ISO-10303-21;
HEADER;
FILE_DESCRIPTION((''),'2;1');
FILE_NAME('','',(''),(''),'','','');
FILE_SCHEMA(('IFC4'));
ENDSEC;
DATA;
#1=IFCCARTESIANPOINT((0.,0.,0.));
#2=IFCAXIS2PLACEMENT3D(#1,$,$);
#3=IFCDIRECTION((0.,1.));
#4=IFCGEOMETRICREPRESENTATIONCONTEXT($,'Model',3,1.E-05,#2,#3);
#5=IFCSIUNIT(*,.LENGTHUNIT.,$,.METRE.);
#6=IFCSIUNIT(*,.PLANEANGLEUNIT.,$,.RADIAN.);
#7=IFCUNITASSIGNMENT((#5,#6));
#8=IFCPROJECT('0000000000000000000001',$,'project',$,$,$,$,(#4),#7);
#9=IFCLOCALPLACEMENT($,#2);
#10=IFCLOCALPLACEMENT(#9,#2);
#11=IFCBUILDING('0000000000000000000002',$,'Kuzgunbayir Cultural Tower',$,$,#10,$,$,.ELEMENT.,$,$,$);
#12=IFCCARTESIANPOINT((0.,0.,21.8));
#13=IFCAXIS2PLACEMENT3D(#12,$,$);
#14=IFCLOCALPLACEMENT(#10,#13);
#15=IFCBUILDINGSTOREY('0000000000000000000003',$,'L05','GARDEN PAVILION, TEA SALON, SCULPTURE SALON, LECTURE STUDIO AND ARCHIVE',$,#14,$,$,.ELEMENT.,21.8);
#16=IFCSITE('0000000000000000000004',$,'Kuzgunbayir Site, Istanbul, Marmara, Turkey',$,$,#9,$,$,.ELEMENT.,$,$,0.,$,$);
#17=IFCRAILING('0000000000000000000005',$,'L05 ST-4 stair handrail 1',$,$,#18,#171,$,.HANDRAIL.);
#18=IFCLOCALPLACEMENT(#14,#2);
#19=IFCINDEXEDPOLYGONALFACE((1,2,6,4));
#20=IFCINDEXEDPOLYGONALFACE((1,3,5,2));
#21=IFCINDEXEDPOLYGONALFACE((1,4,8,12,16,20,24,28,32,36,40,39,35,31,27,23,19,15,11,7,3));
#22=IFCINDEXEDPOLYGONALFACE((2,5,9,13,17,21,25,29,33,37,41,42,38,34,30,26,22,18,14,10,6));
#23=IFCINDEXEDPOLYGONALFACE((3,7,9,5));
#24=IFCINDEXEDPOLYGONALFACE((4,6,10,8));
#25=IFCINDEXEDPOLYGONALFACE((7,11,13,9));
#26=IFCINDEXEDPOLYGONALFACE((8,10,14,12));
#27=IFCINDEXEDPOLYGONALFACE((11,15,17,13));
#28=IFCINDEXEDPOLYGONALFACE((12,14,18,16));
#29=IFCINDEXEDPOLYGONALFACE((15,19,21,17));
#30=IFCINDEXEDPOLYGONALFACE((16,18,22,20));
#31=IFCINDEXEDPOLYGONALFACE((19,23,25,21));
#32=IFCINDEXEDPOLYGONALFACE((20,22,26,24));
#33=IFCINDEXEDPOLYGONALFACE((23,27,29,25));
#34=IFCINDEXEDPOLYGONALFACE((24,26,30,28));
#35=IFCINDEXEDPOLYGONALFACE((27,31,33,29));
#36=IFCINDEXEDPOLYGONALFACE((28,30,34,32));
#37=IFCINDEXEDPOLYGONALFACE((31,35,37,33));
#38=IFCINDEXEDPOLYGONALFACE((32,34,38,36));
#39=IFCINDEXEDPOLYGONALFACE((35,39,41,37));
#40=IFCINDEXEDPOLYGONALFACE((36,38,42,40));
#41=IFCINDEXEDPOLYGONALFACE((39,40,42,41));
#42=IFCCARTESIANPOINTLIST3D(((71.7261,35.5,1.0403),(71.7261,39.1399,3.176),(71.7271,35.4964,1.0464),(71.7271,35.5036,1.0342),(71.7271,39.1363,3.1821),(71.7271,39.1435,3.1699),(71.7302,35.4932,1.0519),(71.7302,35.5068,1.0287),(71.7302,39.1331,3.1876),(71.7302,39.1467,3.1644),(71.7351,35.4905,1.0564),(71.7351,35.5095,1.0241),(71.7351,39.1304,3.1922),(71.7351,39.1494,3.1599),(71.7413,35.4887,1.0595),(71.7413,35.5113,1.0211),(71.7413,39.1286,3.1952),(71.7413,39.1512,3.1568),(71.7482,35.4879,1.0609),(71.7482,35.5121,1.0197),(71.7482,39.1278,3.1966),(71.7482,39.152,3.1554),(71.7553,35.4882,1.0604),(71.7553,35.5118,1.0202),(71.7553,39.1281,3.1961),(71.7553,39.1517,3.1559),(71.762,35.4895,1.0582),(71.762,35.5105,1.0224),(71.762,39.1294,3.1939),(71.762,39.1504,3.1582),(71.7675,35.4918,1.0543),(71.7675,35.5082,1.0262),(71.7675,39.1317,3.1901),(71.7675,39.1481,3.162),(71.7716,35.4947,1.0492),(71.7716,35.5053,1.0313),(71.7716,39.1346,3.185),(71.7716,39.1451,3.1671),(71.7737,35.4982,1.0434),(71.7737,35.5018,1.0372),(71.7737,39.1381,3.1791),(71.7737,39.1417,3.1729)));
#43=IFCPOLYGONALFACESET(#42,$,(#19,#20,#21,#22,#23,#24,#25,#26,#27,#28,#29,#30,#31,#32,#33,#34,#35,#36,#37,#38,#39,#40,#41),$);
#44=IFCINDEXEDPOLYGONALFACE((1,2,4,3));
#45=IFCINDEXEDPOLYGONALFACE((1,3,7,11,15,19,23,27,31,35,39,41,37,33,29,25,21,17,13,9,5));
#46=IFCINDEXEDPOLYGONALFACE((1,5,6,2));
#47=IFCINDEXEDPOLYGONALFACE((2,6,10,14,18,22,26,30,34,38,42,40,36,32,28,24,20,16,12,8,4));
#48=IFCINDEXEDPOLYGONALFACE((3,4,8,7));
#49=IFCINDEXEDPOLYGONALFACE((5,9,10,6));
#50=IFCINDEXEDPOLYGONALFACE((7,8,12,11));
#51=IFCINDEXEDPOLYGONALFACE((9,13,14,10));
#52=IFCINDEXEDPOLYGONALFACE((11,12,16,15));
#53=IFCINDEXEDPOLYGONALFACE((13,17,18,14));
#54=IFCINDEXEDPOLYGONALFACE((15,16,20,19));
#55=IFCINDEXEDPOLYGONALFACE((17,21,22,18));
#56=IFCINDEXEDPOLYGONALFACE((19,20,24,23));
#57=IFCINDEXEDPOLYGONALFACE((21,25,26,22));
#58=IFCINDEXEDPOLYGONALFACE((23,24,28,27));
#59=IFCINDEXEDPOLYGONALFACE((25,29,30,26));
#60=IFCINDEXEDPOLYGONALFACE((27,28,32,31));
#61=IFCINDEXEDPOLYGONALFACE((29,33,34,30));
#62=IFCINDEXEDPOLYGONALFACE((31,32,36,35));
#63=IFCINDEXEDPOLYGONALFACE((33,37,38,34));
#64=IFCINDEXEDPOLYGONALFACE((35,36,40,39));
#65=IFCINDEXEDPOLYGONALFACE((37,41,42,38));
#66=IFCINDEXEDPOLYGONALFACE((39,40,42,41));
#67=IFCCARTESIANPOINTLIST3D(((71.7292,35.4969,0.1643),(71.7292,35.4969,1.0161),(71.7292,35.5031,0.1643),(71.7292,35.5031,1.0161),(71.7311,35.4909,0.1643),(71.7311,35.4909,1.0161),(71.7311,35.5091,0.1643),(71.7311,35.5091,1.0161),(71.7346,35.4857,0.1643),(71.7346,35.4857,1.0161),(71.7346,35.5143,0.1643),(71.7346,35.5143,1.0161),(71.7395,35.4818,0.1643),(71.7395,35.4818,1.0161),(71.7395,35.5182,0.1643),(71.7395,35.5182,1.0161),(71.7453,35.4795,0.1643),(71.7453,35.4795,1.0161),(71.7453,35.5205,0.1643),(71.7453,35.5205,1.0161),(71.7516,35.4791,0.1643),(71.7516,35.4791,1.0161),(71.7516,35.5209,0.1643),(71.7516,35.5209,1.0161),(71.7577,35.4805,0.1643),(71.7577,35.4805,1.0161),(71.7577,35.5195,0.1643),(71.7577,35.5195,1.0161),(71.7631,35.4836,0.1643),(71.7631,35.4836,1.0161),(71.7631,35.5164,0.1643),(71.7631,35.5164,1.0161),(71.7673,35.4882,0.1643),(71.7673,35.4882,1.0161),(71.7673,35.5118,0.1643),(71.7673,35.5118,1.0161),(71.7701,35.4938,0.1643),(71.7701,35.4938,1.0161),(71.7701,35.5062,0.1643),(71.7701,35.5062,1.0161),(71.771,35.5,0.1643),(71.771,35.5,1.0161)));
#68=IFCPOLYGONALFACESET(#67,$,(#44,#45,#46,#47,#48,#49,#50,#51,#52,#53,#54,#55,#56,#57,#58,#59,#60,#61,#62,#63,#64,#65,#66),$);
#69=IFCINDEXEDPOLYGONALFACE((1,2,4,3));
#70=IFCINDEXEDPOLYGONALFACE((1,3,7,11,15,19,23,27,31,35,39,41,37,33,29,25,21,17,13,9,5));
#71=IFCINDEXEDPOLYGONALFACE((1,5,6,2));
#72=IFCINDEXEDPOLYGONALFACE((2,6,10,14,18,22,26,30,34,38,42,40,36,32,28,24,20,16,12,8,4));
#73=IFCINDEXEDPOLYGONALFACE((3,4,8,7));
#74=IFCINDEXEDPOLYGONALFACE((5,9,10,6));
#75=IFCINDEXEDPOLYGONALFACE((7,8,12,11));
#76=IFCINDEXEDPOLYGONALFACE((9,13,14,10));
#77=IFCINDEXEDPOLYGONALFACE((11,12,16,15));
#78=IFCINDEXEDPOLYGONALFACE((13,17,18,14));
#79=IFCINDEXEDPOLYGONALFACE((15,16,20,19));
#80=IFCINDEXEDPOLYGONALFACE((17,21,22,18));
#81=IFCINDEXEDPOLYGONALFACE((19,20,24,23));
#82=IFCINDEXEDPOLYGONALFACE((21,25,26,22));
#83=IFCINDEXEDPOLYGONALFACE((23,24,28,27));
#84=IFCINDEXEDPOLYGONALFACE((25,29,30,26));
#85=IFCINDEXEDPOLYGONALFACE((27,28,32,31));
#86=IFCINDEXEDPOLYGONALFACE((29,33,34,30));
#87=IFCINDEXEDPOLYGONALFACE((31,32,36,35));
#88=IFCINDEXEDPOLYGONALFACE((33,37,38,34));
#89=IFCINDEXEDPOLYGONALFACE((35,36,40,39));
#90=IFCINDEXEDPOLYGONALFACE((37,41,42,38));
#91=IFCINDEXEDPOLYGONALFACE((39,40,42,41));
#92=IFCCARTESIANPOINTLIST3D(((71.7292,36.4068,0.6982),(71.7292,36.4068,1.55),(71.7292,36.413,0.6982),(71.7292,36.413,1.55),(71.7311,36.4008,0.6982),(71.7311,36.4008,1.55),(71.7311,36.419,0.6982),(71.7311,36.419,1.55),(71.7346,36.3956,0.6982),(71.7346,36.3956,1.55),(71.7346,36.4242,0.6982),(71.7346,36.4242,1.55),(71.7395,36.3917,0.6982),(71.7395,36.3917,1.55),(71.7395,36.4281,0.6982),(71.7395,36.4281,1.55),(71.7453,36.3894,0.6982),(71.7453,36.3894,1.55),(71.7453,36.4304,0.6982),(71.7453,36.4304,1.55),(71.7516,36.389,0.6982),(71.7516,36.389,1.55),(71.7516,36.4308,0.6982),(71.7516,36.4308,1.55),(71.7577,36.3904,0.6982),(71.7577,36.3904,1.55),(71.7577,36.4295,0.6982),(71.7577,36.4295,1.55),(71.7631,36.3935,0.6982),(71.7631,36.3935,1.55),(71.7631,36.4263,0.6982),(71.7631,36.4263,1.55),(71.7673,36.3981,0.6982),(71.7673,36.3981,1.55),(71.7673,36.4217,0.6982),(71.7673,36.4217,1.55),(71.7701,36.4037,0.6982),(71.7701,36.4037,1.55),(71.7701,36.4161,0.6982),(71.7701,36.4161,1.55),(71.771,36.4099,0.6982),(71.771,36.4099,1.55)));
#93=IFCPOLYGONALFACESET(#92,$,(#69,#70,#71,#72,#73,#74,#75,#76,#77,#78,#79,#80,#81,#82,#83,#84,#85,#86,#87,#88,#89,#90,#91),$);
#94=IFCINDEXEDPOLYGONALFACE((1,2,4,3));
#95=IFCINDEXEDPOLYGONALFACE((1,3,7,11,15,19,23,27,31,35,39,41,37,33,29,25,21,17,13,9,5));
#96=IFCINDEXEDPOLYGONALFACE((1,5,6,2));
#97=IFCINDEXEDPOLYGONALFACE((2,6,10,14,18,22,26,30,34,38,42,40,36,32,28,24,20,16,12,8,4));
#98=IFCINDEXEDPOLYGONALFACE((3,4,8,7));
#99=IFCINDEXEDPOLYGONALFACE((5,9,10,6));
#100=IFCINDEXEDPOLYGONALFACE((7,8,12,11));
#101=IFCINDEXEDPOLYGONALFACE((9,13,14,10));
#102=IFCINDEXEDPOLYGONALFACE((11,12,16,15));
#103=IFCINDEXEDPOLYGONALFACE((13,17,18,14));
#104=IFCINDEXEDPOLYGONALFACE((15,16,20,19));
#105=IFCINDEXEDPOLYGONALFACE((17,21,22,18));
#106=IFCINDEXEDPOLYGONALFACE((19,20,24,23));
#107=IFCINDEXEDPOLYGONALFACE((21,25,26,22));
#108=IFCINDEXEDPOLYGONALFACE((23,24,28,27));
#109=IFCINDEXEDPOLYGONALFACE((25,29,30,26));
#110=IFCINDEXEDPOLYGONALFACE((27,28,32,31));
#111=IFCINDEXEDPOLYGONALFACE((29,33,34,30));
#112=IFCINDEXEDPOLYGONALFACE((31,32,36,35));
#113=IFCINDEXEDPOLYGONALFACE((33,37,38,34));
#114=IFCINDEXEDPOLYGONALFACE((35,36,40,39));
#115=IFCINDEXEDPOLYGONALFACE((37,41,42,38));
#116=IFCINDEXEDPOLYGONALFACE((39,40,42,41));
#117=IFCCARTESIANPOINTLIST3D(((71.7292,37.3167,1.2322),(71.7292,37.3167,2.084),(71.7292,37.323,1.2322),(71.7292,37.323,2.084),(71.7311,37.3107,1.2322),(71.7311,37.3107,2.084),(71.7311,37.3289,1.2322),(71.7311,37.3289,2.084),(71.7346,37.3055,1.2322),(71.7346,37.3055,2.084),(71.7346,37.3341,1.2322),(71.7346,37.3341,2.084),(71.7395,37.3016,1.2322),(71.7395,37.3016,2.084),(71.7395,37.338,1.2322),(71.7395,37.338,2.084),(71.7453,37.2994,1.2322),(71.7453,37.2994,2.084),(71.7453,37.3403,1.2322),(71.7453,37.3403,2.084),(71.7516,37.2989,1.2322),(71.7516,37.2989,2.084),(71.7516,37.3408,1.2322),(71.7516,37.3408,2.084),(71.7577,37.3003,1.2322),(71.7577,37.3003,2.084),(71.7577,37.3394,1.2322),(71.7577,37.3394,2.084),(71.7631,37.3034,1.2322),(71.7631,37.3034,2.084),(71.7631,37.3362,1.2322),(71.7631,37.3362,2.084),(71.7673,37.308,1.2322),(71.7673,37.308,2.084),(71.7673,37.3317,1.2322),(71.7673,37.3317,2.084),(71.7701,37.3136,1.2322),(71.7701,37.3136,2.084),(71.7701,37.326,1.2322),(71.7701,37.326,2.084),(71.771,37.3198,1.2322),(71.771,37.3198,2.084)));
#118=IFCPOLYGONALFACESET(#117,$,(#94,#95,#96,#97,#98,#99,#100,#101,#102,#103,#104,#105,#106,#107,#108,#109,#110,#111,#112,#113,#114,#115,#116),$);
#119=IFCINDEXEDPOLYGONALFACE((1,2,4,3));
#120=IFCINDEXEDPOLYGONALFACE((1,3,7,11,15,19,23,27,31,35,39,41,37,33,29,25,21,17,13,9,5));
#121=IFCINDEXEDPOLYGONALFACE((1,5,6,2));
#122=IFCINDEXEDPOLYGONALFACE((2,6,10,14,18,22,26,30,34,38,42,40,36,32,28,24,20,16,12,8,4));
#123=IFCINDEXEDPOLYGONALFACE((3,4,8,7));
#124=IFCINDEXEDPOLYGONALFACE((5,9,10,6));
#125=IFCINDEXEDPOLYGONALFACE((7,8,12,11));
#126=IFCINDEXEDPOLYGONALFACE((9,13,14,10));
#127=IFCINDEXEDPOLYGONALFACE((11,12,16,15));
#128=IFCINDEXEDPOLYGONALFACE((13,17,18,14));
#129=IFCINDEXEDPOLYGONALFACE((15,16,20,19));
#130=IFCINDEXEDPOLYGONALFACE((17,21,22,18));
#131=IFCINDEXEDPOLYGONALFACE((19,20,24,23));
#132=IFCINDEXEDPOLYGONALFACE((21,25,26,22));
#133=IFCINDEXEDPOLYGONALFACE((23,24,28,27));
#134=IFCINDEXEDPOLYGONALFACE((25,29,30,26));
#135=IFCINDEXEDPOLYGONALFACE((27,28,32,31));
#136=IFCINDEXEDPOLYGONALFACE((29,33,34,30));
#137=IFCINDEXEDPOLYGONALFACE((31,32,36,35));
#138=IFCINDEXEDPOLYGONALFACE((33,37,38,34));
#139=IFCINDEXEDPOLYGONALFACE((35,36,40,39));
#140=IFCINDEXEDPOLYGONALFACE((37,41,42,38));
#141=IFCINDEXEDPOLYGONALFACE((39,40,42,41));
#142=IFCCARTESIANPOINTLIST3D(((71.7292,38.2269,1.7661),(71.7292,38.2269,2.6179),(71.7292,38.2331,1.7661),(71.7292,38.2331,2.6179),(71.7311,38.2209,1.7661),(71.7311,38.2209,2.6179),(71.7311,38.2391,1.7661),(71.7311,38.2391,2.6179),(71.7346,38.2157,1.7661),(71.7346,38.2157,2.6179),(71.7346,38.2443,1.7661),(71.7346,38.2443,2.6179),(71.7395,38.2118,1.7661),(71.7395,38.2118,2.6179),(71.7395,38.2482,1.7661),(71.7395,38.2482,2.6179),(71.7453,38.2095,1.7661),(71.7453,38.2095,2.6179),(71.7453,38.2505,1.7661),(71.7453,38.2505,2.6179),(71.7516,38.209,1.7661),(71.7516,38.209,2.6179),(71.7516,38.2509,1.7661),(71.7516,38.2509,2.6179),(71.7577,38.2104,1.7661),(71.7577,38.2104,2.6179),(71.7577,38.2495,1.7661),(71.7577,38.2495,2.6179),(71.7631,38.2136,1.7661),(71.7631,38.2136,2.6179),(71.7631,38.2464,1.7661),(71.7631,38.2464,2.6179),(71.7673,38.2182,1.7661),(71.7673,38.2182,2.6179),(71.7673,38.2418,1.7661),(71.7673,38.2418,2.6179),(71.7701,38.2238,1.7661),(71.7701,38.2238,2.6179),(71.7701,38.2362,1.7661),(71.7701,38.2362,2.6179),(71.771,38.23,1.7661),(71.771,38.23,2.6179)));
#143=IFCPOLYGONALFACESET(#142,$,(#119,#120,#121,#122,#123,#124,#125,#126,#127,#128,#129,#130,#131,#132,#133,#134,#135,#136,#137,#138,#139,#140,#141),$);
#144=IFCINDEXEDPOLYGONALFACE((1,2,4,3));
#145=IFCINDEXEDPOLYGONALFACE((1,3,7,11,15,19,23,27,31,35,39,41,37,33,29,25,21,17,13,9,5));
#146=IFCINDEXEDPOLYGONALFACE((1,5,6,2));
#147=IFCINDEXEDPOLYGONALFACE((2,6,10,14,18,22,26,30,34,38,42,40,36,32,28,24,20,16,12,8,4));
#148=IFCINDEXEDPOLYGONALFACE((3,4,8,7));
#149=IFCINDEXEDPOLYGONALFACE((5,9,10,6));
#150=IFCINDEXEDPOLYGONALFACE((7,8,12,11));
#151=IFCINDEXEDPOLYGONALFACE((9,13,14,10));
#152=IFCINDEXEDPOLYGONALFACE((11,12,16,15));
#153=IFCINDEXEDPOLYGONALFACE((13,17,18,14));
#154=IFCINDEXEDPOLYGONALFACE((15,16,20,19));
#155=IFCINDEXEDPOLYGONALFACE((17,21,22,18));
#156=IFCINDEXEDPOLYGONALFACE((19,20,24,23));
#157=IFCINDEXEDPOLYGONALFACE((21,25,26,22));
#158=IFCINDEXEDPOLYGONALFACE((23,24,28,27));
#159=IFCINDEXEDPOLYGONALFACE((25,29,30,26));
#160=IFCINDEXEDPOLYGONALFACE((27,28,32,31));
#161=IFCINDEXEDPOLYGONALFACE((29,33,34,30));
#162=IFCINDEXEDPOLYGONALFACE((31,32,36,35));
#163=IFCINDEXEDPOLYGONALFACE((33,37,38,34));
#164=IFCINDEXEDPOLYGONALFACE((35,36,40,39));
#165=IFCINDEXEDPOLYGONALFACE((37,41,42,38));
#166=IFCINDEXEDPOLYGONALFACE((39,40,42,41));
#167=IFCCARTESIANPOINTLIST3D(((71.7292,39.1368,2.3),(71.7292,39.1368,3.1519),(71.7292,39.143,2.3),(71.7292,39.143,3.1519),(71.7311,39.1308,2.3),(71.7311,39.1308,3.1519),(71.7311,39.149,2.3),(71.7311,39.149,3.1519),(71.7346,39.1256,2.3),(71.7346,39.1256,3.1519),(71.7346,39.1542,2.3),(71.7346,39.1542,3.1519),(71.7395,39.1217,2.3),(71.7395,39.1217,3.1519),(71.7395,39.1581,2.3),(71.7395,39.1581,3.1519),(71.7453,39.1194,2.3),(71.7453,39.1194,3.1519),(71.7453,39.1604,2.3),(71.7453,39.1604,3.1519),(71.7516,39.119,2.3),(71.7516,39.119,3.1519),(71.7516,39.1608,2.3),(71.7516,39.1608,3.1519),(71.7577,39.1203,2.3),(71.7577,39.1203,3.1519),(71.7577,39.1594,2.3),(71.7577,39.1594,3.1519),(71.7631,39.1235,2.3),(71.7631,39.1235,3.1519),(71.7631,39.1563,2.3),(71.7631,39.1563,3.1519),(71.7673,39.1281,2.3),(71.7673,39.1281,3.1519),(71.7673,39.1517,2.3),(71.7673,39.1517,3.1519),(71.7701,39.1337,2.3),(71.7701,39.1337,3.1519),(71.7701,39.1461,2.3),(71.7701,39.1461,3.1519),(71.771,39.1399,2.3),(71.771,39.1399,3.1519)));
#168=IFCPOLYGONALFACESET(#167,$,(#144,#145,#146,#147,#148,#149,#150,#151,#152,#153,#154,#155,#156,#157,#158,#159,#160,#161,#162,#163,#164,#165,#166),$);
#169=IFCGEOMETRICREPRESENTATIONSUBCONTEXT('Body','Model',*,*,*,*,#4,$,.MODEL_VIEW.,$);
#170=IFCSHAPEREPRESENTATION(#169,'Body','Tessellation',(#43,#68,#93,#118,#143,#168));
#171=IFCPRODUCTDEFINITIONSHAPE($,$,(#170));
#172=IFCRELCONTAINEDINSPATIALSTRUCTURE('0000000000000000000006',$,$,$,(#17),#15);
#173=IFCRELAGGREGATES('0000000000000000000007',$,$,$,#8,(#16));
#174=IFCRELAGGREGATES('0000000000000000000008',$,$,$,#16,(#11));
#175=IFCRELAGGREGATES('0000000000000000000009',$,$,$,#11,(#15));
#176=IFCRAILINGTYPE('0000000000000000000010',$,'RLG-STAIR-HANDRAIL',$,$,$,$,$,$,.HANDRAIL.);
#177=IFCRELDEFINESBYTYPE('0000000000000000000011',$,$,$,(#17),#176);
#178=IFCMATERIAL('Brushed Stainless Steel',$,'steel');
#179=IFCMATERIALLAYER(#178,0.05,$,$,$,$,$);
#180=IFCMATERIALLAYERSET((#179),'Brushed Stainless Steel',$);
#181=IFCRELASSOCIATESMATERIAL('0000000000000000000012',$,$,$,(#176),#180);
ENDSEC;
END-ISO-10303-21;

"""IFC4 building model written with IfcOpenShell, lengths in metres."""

from ifc_helpers import new_model, si_unit, direction, frame, origin, origin_2d, place, context, subcontext, project, spatial, circle, extrude, material, layer, layer_set, type_object, element, save


model = new_model("IFC4")

# Units and contexts
model_context = context("Model", 3, precision=1e-05, world=origin(), true_north=direction((0.0, 1.0)))
body_context = subcontext(model_context, "Body", "Model", "MODEL_VIEW")
ifc_project = project(units=[si_unit("LENGTHUNIT", "METRE"), si_unit("PLANEANGLEUNIT", "RADIAN")], contexts=[model_context])

# Site, building, storey
site_placement = place(None, origin())
site = spatial("IfcSite", under=ifc_project, at=site_placement, Name="Kuzgunbayir Site, Istanbul, Marmara, Turkey", CompositionType="ELEMENT", RefElevation=0.0)
building_placement = place(site_placement, origin())
building = spatial("IfcBuilding", under=site, at=building_placement, Name="Kuzgunbayir Cultural Tower", CompositionType="ELEMENT")
storey_placement = place(building_placement, frame((0.0, 0.0, 21.8)))
storey = spatial("IfcBuildingStorey", under=building, at=storey_placement, Name="L05", Description="GARDEN PAVILION, TEA SALON, SCULPTURE SALON, LECTURE STUDIO AND ARCHIVE", CompositionType="ELEMENT", Elevation=21.8)

# Shared definitions
ifc_material_1 = material(Name="Brushed Stainless Steel", Category="steel")

# Railing
ifc_layer_1 = layer(ifc_material_1, 0.05)
ifc_layer_set_1 = layer_set([ifc_layer_1], Name="Brushed Stainless Steel")
railing_type_1 = type_object("IfcRailingType", Name="RLG-STAIR-HANDRAIL", PredefinedType="HANDRAIL", material=ifc_layer_set_1)
railing_1_placement = place(storey_placement, frame((71.75, 35.5, 0.1643)))
element("IfcRailing", 1, at=railing_1_placement, inside=storey, type_object=railing_type_1, Name="L05 ST-4 stair handrail 1", PredefinedType="HANDRAIL", context=body_context, shape_type="SweptSolid", body=[
    extrude(circle(Radius=0.0239, at=origin_2d()), frame((0.0, 0.0, 0.876), z_axis=(0.0, 0.86249, 0.506074), x_axis=(-1.0, 0.0, 0.0)), (0.0, 0.0, 1.0), 4.2202),
    extrude(circle(Radius=0.021, at=origin_2d()), origin(), (0.0, 0.0, 1.0), 0.8518),
    extrude(circle(Radius=0.021, at=origin_2d()), frame((0.0, 0.9099, 0.5339)), (0.0, 0.0, 1.0), 0.8518),
    extrude(circle(Radius=0.021, at=origin_2d()), frame((0.0, 1.8198, 1.0679)), (0.0, 0.0, 1.0), 0.8518),
    extrude(circle(Radius=0.021, at=origin_2d()), frame((0.0, 2.73, 1.6018)), (0.0, 0.0, 1.0), 0.8518),
    extrude(circle(Radius=0.021, at=origin_2d()), frame((0.0, 3.6399, 2.1357)), (0.0, 0.0, 1.0), 0.8518),
])

save(model, "model.ifc")
